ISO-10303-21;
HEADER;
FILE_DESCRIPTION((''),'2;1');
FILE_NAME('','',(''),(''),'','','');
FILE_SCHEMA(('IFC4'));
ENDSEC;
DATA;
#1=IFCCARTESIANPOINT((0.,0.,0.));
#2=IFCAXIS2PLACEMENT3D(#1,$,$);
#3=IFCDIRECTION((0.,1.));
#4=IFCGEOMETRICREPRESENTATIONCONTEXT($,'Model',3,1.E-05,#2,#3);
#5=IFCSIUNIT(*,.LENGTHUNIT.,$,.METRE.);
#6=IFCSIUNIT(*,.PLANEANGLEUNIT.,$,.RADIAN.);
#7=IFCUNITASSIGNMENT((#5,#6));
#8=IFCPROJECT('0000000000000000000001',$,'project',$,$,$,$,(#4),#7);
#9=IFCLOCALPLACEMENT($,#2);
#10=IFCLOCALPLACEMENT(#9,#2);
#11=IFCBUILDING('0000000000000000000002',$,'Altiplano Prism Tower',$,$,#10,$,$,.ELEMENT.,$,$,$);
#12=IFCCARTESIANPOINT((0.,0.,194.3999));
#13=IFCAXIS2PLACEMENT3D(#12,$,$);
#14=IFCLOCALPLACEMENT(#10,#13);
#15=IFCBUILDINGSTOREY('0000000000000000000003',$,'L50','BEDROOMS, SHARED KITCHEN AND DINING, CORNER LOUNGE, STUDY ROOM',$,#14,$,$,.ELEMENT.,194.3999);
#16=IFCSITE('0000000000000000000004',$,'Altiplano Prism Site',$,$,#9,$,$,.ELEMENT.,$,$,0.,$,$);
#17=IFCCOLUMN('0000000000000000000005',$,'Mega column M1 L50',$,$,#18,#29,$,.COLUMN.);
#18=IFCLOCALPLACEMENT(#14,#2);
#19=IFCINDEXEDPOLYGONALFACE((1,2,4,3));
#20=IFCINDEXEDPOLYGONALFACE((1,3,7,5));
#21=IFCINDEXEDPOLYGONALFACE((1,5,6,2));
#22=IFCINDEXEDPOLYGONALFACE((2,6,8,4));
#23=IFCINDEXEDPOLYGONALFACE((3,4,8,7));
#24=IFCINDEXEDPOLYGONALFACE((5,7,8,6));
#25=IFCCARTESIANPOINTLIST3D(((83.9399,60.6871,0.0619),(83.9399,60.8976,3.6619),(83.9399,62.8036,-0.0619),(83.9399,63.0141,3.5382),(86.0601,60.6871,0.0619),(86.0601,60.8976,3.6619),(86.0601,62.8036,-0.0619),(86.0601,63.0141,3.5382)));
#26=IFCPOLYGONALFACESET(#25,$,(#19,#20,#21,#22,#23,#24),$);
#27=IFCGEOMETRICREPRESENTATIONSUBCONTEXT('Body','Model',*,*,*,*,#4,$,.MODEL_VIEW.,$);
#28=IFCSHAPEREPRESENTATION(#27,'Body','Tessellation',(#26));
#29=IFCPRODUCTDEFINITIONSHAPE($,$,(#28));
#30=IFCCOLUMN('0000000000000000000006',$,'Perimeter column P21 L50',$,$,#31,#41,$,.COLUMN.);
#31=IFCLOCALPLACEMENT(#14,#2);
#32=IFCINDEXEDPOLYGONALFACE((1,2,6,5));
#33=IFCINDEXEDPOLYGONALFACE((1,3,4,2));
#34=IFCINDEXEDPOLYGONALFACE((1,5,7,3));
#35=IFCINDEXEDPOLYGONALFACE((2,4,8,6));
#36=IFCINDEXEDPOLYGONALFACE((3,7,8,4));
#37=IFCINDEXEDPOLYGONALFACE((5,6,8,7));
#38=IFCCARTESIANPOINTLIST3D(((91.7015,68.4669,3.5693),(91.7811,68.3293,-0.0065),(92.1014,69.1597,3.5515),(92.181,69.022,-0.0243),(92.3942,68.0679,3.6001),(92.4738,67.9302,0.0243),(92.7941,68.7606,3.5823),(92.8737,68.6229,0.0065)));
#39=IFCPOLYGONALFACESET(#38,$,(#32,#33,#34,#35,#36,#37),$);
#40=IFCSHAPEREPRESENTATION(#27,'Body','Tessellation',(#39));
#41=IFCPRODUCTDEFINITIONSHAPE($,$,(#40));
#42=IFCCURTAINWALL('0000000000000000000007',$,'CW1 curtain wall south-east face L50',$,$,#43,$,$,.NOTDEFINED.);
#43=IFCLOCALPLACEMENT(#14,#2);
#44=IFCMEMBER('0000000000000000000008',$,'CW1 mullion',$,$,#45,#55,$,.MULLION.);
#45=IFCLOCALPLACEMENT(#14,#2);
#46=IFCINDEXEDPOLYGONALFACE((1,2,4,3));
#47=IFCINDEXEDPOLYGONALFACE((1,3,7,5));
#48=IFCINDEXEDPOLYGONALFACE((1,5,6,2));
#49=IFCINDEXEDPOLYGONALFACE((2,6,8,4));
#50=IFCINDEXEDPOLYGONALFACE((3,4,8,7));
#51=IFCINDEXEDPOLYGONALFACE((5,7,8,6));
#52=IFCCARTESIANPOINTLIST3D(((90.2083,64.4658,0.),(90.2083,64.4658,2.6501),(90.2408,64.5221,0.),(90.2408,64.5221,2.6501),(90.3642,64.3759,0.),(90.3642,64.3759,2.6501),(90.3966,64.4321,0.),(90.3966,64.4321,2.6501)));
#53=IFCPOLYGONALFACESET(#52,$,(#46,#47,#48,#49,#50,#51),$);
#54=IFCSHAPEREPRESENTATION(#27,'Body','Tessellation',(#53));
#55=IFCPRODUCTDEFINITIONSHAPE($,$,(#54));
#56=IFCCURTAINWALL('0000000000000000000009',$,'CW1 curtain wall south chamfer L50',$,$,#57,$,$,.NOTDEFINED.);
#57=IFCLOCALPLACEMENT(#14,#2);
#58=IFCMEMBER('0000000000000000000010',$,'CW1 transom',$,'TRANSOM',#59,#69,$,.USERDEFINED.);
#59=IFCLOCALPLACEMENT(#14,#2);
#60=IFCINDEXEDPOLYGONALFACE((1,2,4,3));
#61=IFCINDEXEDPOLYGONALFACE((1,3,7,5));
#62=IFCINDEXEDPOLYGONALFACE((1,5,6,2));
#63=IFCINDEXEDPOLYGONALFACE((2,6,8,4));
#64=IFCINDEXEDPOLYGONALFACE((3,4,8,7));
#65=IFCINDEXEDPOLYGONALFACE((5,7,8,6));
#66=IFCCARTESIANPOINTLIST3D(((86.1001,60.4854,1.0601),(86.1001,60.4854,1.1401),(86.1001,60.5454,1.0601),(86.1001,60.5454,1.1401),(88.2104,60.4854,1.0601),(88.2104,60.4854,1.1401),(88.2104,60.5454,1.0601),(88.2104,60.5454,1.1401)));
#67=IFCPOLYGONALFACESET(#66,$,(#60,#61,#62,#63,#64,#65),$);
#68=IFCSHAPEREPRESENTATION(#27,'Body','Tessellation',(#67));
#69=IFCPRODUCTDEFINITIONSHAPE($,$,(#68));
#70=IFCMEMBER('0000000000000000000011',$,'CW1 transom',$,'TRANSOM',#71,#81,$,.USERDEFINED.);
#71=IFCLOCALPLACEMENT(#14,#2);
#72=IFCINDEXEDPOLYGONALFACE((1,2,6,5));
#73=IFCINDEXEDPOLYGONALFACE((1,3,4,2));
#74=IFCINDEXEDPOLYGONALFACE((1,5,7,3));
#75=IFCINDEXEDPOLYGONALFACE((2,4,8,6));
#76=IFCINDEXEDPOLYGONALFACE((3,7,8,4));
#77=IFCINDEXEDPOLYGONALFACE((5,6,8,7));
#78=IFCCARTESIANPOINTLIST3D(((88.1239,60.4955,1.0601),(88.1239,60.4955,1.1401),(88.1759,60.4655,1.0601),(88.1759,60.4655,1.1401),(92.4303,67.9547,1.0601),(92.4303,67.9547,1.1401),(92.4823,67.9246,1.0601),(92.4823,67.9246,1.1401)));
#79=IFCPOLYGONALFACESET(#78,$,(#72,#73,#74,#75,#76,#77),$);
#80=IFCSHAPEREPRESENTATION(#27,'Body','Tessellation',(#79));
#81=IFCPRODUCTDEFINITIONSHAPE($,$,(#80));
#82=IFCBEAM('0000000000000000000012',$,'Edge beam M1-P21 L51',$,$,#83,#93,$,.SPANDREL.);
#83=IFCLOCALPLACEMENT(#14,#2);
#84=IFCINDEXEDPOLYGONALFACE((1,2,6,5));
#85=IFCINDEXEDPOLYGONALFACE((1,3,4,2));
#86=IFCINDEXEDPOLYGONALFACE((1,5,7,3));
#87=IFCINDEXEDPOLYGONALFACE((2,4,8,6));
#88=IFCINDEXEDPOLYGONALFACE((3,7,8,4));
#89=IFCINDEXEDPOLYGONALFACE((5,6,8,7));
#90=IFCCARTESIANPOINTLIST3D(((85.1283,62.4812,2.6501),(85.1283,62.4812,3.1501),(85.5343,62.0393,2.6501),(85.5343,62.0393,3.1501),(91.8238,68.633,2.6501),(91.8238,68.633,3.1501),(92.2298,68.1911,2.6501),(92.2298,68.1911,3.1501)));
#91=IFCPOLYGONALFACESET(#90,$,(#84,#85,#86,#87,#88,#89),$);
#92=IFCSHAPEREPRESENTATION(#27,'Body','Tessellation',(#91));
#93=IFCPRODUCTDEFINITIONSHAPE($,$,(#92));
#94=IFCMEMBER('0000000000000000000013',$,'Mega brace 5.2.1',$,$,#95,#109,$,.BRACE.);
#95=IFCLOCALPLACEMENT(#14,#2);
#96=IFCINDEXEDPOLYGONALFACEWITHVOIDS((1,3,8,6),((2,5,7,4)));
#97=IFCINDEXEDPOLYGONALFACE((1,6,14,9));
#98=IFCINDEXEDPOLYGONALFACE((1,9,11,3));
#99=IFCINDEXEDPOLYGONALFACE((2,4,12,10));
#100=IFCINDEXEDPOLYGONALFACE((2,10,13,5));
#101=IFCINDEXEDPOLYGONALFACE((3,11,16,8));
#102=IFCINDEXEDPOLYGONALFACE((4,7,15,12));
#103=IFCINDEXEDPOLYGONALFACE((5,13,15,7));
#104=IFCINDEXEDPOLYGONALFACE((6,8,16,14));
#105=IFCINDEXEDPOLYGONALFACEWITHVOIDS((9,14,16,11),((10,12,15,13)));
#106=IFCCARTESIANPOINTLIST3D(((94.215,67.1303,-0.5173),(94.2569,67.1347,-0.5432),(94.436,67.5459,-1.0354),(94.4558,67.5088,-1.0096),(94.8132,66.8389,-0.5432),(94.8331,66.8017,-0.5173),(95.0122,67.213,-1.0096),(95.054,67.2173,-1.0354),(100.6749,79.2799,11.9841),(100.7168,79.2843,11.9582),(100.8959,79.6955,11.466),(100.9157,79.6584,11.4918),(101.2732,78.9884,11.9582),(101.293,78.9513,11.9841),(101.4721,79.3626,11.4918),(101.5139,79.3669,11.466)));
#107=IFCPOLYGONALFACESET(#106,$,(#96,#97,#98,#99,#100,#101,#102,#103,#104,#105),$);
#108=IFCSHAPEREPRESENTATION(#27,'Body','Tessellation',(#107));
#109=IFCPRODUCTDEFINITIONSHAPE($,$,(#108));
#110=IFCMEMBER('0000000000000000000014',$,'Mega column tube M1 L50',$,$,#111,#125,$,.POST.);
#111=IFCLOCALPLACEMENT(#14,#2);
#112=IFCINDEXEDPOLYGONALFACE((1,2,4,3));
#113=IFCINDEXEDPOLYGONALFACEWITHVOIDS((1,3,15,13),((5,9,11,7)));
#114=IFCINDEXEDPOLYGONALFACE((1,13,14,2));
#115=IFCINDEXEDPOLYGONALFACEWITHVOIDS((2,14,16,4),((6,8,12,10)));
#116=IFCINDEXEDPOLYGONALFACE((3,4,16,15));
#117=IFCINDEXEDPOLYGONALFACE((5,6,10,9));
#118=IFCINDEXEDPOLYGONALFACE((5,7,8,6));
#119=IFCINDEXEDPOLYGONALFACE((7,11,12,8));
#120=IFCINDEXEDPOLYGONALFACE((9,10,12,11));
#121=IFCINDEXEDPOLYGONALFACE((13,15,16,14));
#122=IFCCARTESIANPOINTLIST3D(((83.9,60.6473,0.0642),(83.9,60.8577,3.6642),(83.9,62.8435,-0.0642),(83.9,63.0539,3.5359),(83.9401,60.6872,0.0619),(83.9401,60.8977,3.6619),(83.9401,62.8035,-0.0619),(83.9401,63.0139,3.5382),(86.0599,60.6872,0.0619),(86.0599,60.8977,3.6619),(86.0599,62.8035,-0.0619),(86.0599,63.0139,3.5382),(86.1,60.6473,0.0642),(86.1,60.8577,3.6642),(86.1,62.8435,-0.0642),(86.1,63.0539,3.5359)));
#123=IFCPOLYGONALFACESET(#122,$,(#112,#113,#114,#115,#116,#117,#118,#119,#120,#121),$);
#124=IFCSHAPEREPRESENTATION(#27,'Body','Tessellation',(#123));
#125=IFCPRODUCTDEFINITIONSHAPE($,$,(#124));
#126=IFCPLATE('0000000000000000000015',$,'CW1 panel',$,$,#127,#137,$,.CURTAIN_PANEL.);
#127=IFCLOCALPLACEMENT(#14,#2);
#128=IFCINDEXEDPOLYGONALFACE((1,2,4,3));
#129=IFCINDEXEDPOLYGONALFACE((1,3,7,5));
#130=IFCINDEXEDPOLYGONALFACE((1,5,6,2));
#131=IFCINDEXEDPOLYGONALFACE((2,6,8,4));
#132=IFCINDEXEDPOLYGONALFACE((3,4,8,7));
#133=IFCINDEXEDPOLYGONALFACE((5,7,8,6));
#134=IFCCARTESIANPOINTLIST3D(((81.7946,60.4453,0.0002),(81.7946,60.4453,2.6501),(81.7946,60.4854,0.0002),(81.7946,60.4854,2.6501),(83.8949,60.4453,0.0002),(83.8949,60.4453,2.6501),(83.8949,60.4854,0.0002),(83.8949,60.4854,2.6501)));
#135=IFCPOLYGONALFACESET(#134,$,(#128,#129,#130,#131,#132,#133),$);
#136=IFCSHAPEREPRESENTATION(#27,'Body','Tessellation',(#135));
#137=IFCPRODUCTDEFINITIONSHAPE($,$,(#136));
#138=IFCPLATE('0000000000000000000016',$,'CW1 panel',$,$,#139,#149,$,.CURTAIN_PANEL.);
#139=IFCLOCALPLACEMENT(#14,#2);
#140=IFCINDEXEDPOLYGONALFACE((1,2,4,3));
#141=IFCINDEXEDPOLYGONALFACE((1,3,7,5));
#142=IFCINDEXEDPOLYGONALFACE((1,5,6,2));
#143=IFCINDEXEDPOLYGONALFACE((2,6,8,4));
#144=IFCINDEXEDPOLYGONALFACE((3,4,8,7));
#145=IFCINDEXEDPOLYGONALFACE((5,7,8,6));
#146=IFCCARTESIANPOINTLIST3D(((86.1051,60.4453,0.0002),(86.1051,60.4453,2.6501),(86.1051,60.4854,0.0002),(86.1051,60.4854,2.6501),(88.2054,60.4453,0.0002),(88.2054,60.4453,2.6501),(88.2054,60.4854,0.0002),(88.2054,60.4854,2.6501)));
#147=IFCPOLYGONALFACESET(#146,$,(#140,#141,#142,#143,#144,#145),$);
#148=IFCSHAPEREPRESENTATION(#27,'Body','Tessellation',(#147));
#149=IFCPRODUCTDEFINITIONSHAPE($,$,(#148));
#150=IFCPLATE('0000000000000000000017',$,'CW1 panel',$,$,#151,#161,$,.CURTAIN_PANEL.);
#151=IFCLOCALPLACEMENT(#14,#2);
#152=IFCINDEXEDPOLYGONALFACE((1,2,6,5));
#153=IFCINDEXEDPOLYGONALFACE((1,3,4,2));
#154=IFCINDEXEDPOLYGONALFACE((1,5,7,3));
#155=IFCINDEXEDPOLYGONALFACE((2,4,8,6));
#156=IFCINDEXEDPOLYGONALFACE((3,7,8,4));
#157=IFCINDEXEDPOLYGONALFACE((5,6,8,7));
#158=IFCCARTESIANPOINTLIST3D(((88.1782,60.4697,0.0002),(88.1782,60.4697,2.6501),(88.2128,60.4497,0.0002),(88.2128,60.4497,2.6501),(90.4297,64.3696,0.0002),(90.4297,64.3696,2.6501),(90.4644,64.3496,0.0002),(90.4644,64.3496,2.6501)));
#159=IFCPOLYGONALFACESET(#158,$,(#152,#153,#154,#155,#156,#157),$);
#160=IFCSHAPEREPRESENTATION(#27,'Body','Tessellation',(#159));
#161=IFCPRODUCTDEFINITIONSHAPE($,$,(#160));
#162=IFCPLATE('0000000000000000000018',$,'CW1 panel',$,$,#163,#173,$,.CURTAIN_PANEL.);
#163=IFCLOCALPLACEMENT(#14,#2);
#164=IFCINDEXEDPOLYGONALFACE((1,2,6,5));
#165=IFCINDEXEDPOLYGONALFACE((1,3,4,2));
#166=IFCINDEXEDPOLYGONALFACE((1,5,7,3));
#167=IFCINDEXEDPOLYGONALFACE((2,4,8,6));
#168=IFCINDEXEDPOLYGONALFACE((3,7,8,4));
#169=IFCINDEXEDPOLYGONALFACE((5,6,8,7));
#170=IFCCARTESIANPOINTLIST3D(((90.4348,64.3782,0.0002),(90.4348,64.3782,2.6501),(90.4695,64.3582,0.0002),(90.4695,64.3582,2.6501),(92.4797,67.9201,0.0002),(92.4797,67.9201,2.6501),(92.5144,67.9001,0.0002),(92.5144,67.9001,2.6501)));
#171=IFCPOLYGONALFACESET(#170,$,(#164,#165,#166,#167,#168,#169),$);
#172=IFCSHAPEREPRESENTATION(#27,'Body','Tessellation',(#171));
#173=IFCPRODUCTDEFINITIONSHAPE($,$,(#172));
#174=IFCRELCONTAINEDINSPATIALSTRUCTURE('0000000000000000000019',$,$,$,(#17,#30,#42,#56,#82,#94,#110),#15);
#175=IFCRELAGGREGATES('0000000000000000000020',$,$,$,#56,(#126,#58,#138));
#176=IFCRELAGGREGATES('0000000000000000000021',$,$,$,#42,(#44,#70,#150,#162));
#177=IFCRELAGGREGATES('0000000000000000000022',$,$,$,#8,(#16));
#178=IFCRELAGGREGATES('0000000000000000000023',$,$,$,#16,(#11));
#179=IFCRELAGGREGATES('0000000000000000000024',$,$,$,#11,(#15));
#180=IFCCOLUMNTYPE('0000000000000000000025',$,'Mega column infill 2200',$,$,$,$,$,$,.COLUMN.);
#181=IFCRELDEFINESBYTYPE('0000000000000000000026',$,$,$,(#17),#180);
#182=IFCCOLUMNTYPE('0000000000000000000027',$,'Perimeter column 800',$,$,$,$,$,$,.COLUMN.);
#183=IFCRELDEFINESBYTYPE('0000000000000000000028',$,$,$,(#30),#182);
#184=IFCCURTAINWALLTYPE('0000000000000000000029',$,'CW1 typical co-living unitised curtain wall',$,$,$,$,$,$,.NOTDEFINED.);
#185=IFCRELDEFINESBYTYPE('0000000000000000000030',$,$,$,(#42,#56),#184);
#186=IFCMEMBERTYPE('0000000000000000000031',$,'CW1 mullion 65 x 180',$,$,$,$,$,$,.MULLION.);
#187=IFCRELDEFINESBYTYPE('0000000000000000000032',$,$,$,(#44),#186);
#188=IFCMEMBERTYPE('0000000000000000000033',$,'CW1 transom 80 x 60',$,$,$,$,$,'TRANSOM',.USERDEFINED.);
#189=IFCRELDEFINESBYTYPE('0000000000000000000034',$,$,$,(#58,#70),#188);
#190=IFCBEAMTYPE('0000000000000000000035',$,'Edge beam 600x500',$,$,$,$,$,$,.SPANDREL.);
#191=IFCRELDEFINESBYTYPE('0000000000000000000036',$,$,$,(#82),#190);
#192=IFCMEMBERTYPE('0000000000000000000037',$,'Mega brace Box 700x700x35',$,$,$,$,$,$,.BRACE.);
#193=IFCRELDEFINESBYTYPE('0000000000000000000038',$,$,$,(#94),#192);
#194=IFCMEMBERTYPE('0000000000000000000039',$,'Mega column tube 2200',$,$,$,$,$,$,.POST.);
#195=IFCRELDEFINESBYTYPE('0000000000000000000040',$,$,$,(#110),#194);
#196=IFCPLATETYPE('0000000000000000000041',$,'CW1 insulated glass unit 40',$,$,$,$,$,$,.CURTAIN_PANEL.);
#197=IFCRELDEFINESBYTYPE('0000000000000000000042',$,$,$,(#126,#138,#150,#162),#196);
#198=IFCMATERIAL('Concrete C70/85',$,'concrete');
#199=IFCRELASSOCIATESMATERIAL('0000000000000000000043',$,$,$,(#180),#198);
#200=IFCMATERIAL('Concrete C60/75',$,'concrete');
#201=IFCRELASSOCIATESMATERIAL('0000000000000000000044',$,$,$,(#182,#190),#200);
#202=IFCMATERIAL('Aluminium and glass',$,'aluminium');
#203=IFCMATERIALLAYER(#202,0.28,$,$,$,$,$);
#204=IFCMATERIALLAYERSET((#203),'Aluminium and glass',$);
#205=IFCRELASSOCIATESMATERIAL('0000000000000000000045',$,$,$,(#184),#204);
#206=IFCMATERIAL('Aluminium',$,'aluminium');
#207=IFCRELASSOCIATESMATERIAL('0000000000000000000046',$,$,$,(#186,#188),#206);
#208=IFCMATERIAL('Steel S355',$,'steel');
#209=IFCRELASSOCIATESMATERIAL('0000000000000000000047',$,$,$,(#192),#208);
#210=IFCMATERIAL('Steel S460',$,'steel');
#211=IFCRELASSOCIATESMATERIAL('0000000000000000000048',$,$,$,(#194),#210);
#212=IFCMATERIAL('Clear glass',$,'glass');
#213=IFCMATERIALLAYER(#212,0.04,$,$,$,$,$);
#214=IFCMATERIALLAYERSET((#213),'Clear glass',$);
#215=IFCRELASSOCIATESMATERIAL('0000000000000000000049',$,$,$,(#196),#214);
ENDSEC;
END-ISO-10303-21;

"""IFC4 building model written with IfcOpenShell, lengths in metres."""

from ifc_helpers import new_model, si_unit, direction, frame, origin, origin_2d, place, context, subcontext, project, spatial, rectangle, hollow_rectangle, extrude, material, layer, layer_set, material_profile, profile_set, type_object, element, aggregate, save


model = new_model("IFC4")

# Units and contexts
model_context = context("Model", 3, precision=1e-05, world=origin(), true_north=direction((0.0, 1.0)))
body_context = subcontext(model_context, "Body", "Model", "MODEL_VIEW")
ifc_project = project(units=[si_unit("LENGTHUNIT", "METRE"), si_unit("PLANEANGLEUNIT", "RADIAN")], contexts=[model_context])

# Site, building, storey
site_placement = place(None, origin())
site = spatial("IfcSite", under=ifc_project, at=site_placement, Name="Altiplano Prism Site", CompositionType="ELEMENT", RefElevation=0.0)
building_placement = place(site_placement, origin())
building = spatial("IfcBuilding", under=site, at=building_placement, Name="Altiplano Prism Tower", CompositionType="ELEMENT")
storey_placement = place(building_placement, frame((0.0, 0.0, 194.3999)))
storey = spatial("IfcBuildingStorey", under=building, at=storey_placement, Name="L50", Description="BEDROOMS, SHARED KITCHEN AND DINING, CORNER LOUNGE, STUDY ROOM", CompositionType="ELEMENT", Elevation=194.3999)

# Columns
ifc_material_1 = material(Name="Concrete C70/85", Category="concrete")
ifc_material_profile_1 = material_profile(ifc_material_1, rectangle(XDim=2.1201, YDim=2.1201, at=origin_2d()), Name="Mega column infill 2200")
ifc_profile_set_1 = profile_set([ifc_material_profile_1], Name="Concrete C70/85")
column_type_1 = type_object("IfcColumnType", Name="Mega column infill 2200", PredefinedType="COLUMN", material=ifc_profile_set_1)
column_1_placement = place(storey_placement, frame((85.0, 61.7454, 0.0), z_axis=(0.0, 0.058357, 0.998296), x_axis=(-1.0, 0.0, 0.0)))
element("IfcColumn", 1, at=column_1_placement, inside=storey, type_object=column_type_1, Name="Mega column M1 L50", PredefinedType="COLUMN", context=body_context, shape_type="SweptSolid", body=[
    extrude(rectangle(XDim=2.1201, YDim=2.1201, at=origin_2d()), origin(), (0.0, 0.0, 1.0), 3.6062),
])
ifc_material_2 = material(Name="Concrete C60/75", Category="concrete")
ifc_material_profile_2 = material_profile(ifc_material_2, rectangle(XDim=0.8, YDim=0.8, at=origin_2d()), Name="Perimeter column 800")
ifc_profile_set_2 = profile_set([ifc_material_profile_2], Name="Concrete C60/75")
column_type_2 = type_object("IfcColumnType", Name="Perimeter column 800", PredefinedType="COLUMN", material=ifc_profile_set_2)
column_2_placement = place(storey_placement, frame((92.3274, 68.4761, 0.0), z_axis=(-0.022235, 0.038468, 0.999012), x_axis=(-0.499813, -0.865848, 0.022216)))
element("IfcColumn", 2, at=column_2_placement, inside=storey, type_object=column_type_2, Name="Perimeter column P21 L50", PredefinedType="COLUMN", context=body_context, shape_type="SweptSolid", body=[
    extrude(rectangle(XDim=0.8, YDim=0.8, at=origin_2d()), origin(), (0.0, 0.0, 1.0), 3.5793),
])

# Curtain walls, members
ifc_material_3 = material(Name="Aluminium and glass", Category="aluminium")
ifc_layer_1 = layer(ifc_material_3, 0.28)
ifc_layer_set_1 = layer_set([ifc_layer_1], Name="Aluminium and glass")
curtain_wall_type = type_object("IfcCurtainWallType", Name="CW1 typical co-living unitised curtain wall", PredefinedType="NOTDEFINED", material=ifc_layer_set_1)
curtain_wall_1_placement = place(storey_placement, origin())
curtain_wall_1 = element("IfcCurtainWall", 3, at=curtain_wall_1_placement, inside=storey, type_object=curtain_wall_type, Name="CW1 curtain wall south-east face L50", PredefinedType="NOTDEFINED")
ifc_material_4 = material(Name="Aluminium", Category="aluminium")
ifc_material_profile_3 = material_profile(ifc_material_4, rectangle(XDim=0.1799, YDim=0.0649, at=origin_2d()), Name="CW1 mullion 65 x 180")
ifc_profile_set_3 = profile_set([ifc_material_profile_3], Name="Aluminium")
member_type_1 = type_object("IfcMemberType", Name="CW1 mullion 65 x 180", PredefinedType="MULLION", material=ifc_profile_set_3)
member_1_placement = place(storey_placement, frame((90.3025, 64.449, 0.0), z_axis=(0.0, 0.0, 1.0), x_axis=(-0.866025, 0.5, 0.0)))
member_1 = element("IfcMember", 4, at=member_1_placement, type_object=member_type_1, Name="CW1 mullion", PredefinedType="MULLION", context=body_context, shape_type="SweptSolid", body=[
    extrude(rectangle(XDim=0.1799, YDim=0.0649, at=origin_2d()), origin(), (0.0, 0.0, 1.0), 2.6501),
])
curtain_wall_2_placement = place(storey_placement, origin())
curtain_wall_2 = element("IfcCurtainWall", 5, at=curtain_wall_2_placement, inside=storey, type_object=curtain_wall_type, Name="CW1 curtain wall south chamfer L50", PredefinedType="NOTDEFINED")
ifc_material_profile_4 = material_profile(ifc_material_4, rectangle(XDim=0.0601, YDim=0.0801, at=origin_2d()), Name="CW1 transom 80 x 60")
ifc_profile_set_4 = profile_set([ifc_material_profile_4], Name="Aluminium")
member_type_2 = type_object("IfcMemberType", Name="CW1 transom 80 x 60", ElementType="TRANSOM", PredefinedType="USERDEFINED", material=ifc_profile_set_4)
member_2_placement = place(storey_placement, frame((86.1001, 60.5154, 1.1001), z_axis=(1.0, 0.0, 0.0), x_axis=(0.0, 1.0, 0.0)))
member_2 = element("IfcMember", 6, at=member_2_placement, type_object=member_type_2, Name="CW1 transom", ObjectType="TRANSOM", PredefinedType="USERDEFINED", context=body_context, shape_type="SweptSolid", body=[
    extrude(rectangle(XDim=0.0601, YDim=0.0801, at=origin_2d()), origin(), (0.0, 0.0, 1.0), 2.1104),
])

# Member
member_3_placement = place(storey_placement, frame((88.1499, 60.4805, 1.1001), z_axis=(0.499983, 0.866035, 0.0), x_axis=(-0.866035, 0.499983, 0.0)))
member_3 = element("IfcMember", 7, at=member_3_placement, type_object=member_type_2, Name="CW1 transom", ObjectType="TRANSOM", PredefinedType="USERDEFINED", context=body_context, shape_type="SweptSolid", body=[
    extrude(rectangle(XDim=0.0601, YDim=0.0801, at=origin_2d()), origin(), (0.0, 0.0, 1.0), 8.613),
])

# Beam
ifc_material_profile_5 = material_profile(ifc_material_2, rectangle(XDim=0.6001, YDim=0.5, at=origin_2d()), Name="Edge beam 600x500")
ifc_profile_set_5 = profile_set([ifc_material_profile_5], Name="Concrete C60/75")
beam_type = type_object("IfcBeamType", Name="Edge beam 600x500", PredefinedType="SPANDREL", material=ifc_profile_set_5)
beam_placement = place(storey_placement, frame((85.3313, 62.2603, 2.9001), z_axis=(0.736372, 0.676576, 0.0), x_axis=(-0.676576, 0.736372, 0.0)))
element("IfcBeam", 8, at=beam_placement, inside=storey, type_object=beam_type, Name="Edge beam M1-P21 L51", PredefinedType="SPANDREL", context=body_context, shape_type="SweptSolid", body=[
    extrude(rectangle(XDim=0.6001, YDim=0.5, at=origin_2d()), origin(), (0.0, 0.0, 1.0), 9.0925),
])

# Members
ifc_material_5 = material(Name="Steel S355", Category="steel")
ifc_material_profile_6 = material_profile(ifc_material_5, hollow_rectangle(XDim=0.7, YDim=0.7, WallThickness=0.0349, at=origin_2d()), Name="Mega brace Box 700x700x35")
ifc_profile_set_6 = profile_set([ifc_material_profile_6], Name="Steel S355")
member_type_3 = type_object("IfcMemberType", Name="Mega brace Box 700x700x35", PredefinedType="BRACE", material=ifc_profile_set_6)
member_4_placement = place(storey_placement, frame((94.6345, 67.1738, -0.7764), z_axis=(0.347475, 0.653517, 0.672441), x_axis=(-0.882951, 0.469464, 0.0)))
element("IfcMember", 9, at=member_4_placement, inside=storey, type_object=member_type_3, Name="Mega brace 5.2.1", PredefinedType="BRACE", context=body_context, shape_type="SweptSolid", body=[
    extrude(hollow_rectangle(XDim=0.7, YDim=0.7, WallThickness=0.0349, at=origin_2d()), origin(), (0.0, 0.0, 1.0), 18.5911),
])
ifc_material_6 = material(Name="Steel S460", Category="steel")
ifc_material_profile_7 = material_profile(ifc_material_6, hollow_rectangle(XDim=2.2, YDim=2.2, WallThickness=0.04, at=origin_2d()), Name="Mega column tube 2200")
ifc_profile_set_7 = profile_set([ifc_material_profile_7], Name="Steel S460")
member_type_4 = type_object("IfcMemberType", Name="Mega column tube 2200", PredefinedType="POST", material=ifc_profile_set_7)
member_5_placement = place(storey_placement, frame((85.0, 61.7454, 0.0), z_axis=(0.0, 0.058357, 0.998296), x_axis=(-1.0, 0.0, 0.0)))
element("IfcMember", 10, at=member_5_placement, inside=storey, type_object=member_type_4, Name="Mega column tube M1 L50", PredefinedType="POST", context=body_context, shape_type="SweptSolid", body=[
    extrude(hollow_rectangle(XDim=2.2, YDim=2.2, WallThickness=0.04, at=origin_2d()), origin(), (0.0, 0.0, 1.0), 3.6062),
])

# Plates
ifc_material_7 = material(Name="Clear glass", Category="glass")
ifc_layer_2 = layer(ifc_material_7, 0.04)
ifc_layer_set_2 = layer_set([ifc_layer_2], Name="Clear glass")
plate_type = type_object("IfcPlateType", Name="CW1 insulated glass unit 40", PredefinedType="CURTAIN_PANEL", material=ifc_layer_set_2)
plate_1_placement = place(storey_placement, frame((82.8447, 60.4653, 0.0002), z_axis=(0.0, 0.0, 1.0), x_axis=(1.0, 0.0, 0.0)))
plate_1 = element("IfcPlate", 11, at=plate_1_placement, type_object=plate_type, Name="CW1 panel", PredefinedType="CURTAIN_PANEL", context=body_context, shape_type="SweptSolid", body=[
    extrude(rectangle(XDim=2.1003, YDim=0.04, at=origin_2d()), origin(), (0.0, 0.0, 1.0), 2.6499),
])
plate_2_placement = place(storey_placement, frame((87.1553, 60.4653, 0.0002), z_axis=(0.0, 0.0, 1.0), x_axis=(1.0, 0.0, 0.0)))
plate_2 = element("IfcPlate", 12, at=plate_2_placement, type_object=plate_type, Name="CW1 panel", PredefinedType="CURTAIN_PANEL", context=body_context, shape_type="SweptSolid", body=[
    extrude(rectangle(XDim=2.1003, YDim=0.04, at=origin_2d()), origin(), (0.0, 0.0, 1.0), 2.6499),
])
aggregate(curtain_wall_2, [plate_1, member_2, plate_2])
plate_3_placement = place(storey_placement, frame((89.3213, 62.4097, 0.0002), z_axis=(0.0, 0.0, 1.0), x_axis=(0.5, 0.866025, 0.0)))
plate_3 = element("IfcPlate", 13, at=plate_3_placement, type_object=plate_type, Name="CW1 panel", PredefinedType="CURTAIN_PANEL", context=body_context, shape_type="SweptSolid", body=[
    extrude(rectangle(XDim=4.5032, YDim=0.04, at=origin_2d()), origin(), (0.0, 0.0, 1.0), 2.6499),
])
plate_4_placement = place(storey_placement, frame((91.4746, 66.1392, 0.0002), z_axis=(0.0, 0.0, 1.0), x_axis=(0.5, 0.866025, 0.0)))
plate_4 = element("IfcPlate", 14, at=plate_4_placement, type_object=plate_type, Name="CW1 panel", PredefinedType="CURTAIN_PANEL", context=body_context, shape_type="SweptSolid", body=[
    extrude(rectangle(XDim=4.0898, YDim=0.04, at=origin_2d()), origin(), (0.0, 0.0, 1.0), 2.6499),
])
aggregate(curtain_wall_1, [member_1, member_3, plate_3, plate_4])

save(model, "model.ifc")
